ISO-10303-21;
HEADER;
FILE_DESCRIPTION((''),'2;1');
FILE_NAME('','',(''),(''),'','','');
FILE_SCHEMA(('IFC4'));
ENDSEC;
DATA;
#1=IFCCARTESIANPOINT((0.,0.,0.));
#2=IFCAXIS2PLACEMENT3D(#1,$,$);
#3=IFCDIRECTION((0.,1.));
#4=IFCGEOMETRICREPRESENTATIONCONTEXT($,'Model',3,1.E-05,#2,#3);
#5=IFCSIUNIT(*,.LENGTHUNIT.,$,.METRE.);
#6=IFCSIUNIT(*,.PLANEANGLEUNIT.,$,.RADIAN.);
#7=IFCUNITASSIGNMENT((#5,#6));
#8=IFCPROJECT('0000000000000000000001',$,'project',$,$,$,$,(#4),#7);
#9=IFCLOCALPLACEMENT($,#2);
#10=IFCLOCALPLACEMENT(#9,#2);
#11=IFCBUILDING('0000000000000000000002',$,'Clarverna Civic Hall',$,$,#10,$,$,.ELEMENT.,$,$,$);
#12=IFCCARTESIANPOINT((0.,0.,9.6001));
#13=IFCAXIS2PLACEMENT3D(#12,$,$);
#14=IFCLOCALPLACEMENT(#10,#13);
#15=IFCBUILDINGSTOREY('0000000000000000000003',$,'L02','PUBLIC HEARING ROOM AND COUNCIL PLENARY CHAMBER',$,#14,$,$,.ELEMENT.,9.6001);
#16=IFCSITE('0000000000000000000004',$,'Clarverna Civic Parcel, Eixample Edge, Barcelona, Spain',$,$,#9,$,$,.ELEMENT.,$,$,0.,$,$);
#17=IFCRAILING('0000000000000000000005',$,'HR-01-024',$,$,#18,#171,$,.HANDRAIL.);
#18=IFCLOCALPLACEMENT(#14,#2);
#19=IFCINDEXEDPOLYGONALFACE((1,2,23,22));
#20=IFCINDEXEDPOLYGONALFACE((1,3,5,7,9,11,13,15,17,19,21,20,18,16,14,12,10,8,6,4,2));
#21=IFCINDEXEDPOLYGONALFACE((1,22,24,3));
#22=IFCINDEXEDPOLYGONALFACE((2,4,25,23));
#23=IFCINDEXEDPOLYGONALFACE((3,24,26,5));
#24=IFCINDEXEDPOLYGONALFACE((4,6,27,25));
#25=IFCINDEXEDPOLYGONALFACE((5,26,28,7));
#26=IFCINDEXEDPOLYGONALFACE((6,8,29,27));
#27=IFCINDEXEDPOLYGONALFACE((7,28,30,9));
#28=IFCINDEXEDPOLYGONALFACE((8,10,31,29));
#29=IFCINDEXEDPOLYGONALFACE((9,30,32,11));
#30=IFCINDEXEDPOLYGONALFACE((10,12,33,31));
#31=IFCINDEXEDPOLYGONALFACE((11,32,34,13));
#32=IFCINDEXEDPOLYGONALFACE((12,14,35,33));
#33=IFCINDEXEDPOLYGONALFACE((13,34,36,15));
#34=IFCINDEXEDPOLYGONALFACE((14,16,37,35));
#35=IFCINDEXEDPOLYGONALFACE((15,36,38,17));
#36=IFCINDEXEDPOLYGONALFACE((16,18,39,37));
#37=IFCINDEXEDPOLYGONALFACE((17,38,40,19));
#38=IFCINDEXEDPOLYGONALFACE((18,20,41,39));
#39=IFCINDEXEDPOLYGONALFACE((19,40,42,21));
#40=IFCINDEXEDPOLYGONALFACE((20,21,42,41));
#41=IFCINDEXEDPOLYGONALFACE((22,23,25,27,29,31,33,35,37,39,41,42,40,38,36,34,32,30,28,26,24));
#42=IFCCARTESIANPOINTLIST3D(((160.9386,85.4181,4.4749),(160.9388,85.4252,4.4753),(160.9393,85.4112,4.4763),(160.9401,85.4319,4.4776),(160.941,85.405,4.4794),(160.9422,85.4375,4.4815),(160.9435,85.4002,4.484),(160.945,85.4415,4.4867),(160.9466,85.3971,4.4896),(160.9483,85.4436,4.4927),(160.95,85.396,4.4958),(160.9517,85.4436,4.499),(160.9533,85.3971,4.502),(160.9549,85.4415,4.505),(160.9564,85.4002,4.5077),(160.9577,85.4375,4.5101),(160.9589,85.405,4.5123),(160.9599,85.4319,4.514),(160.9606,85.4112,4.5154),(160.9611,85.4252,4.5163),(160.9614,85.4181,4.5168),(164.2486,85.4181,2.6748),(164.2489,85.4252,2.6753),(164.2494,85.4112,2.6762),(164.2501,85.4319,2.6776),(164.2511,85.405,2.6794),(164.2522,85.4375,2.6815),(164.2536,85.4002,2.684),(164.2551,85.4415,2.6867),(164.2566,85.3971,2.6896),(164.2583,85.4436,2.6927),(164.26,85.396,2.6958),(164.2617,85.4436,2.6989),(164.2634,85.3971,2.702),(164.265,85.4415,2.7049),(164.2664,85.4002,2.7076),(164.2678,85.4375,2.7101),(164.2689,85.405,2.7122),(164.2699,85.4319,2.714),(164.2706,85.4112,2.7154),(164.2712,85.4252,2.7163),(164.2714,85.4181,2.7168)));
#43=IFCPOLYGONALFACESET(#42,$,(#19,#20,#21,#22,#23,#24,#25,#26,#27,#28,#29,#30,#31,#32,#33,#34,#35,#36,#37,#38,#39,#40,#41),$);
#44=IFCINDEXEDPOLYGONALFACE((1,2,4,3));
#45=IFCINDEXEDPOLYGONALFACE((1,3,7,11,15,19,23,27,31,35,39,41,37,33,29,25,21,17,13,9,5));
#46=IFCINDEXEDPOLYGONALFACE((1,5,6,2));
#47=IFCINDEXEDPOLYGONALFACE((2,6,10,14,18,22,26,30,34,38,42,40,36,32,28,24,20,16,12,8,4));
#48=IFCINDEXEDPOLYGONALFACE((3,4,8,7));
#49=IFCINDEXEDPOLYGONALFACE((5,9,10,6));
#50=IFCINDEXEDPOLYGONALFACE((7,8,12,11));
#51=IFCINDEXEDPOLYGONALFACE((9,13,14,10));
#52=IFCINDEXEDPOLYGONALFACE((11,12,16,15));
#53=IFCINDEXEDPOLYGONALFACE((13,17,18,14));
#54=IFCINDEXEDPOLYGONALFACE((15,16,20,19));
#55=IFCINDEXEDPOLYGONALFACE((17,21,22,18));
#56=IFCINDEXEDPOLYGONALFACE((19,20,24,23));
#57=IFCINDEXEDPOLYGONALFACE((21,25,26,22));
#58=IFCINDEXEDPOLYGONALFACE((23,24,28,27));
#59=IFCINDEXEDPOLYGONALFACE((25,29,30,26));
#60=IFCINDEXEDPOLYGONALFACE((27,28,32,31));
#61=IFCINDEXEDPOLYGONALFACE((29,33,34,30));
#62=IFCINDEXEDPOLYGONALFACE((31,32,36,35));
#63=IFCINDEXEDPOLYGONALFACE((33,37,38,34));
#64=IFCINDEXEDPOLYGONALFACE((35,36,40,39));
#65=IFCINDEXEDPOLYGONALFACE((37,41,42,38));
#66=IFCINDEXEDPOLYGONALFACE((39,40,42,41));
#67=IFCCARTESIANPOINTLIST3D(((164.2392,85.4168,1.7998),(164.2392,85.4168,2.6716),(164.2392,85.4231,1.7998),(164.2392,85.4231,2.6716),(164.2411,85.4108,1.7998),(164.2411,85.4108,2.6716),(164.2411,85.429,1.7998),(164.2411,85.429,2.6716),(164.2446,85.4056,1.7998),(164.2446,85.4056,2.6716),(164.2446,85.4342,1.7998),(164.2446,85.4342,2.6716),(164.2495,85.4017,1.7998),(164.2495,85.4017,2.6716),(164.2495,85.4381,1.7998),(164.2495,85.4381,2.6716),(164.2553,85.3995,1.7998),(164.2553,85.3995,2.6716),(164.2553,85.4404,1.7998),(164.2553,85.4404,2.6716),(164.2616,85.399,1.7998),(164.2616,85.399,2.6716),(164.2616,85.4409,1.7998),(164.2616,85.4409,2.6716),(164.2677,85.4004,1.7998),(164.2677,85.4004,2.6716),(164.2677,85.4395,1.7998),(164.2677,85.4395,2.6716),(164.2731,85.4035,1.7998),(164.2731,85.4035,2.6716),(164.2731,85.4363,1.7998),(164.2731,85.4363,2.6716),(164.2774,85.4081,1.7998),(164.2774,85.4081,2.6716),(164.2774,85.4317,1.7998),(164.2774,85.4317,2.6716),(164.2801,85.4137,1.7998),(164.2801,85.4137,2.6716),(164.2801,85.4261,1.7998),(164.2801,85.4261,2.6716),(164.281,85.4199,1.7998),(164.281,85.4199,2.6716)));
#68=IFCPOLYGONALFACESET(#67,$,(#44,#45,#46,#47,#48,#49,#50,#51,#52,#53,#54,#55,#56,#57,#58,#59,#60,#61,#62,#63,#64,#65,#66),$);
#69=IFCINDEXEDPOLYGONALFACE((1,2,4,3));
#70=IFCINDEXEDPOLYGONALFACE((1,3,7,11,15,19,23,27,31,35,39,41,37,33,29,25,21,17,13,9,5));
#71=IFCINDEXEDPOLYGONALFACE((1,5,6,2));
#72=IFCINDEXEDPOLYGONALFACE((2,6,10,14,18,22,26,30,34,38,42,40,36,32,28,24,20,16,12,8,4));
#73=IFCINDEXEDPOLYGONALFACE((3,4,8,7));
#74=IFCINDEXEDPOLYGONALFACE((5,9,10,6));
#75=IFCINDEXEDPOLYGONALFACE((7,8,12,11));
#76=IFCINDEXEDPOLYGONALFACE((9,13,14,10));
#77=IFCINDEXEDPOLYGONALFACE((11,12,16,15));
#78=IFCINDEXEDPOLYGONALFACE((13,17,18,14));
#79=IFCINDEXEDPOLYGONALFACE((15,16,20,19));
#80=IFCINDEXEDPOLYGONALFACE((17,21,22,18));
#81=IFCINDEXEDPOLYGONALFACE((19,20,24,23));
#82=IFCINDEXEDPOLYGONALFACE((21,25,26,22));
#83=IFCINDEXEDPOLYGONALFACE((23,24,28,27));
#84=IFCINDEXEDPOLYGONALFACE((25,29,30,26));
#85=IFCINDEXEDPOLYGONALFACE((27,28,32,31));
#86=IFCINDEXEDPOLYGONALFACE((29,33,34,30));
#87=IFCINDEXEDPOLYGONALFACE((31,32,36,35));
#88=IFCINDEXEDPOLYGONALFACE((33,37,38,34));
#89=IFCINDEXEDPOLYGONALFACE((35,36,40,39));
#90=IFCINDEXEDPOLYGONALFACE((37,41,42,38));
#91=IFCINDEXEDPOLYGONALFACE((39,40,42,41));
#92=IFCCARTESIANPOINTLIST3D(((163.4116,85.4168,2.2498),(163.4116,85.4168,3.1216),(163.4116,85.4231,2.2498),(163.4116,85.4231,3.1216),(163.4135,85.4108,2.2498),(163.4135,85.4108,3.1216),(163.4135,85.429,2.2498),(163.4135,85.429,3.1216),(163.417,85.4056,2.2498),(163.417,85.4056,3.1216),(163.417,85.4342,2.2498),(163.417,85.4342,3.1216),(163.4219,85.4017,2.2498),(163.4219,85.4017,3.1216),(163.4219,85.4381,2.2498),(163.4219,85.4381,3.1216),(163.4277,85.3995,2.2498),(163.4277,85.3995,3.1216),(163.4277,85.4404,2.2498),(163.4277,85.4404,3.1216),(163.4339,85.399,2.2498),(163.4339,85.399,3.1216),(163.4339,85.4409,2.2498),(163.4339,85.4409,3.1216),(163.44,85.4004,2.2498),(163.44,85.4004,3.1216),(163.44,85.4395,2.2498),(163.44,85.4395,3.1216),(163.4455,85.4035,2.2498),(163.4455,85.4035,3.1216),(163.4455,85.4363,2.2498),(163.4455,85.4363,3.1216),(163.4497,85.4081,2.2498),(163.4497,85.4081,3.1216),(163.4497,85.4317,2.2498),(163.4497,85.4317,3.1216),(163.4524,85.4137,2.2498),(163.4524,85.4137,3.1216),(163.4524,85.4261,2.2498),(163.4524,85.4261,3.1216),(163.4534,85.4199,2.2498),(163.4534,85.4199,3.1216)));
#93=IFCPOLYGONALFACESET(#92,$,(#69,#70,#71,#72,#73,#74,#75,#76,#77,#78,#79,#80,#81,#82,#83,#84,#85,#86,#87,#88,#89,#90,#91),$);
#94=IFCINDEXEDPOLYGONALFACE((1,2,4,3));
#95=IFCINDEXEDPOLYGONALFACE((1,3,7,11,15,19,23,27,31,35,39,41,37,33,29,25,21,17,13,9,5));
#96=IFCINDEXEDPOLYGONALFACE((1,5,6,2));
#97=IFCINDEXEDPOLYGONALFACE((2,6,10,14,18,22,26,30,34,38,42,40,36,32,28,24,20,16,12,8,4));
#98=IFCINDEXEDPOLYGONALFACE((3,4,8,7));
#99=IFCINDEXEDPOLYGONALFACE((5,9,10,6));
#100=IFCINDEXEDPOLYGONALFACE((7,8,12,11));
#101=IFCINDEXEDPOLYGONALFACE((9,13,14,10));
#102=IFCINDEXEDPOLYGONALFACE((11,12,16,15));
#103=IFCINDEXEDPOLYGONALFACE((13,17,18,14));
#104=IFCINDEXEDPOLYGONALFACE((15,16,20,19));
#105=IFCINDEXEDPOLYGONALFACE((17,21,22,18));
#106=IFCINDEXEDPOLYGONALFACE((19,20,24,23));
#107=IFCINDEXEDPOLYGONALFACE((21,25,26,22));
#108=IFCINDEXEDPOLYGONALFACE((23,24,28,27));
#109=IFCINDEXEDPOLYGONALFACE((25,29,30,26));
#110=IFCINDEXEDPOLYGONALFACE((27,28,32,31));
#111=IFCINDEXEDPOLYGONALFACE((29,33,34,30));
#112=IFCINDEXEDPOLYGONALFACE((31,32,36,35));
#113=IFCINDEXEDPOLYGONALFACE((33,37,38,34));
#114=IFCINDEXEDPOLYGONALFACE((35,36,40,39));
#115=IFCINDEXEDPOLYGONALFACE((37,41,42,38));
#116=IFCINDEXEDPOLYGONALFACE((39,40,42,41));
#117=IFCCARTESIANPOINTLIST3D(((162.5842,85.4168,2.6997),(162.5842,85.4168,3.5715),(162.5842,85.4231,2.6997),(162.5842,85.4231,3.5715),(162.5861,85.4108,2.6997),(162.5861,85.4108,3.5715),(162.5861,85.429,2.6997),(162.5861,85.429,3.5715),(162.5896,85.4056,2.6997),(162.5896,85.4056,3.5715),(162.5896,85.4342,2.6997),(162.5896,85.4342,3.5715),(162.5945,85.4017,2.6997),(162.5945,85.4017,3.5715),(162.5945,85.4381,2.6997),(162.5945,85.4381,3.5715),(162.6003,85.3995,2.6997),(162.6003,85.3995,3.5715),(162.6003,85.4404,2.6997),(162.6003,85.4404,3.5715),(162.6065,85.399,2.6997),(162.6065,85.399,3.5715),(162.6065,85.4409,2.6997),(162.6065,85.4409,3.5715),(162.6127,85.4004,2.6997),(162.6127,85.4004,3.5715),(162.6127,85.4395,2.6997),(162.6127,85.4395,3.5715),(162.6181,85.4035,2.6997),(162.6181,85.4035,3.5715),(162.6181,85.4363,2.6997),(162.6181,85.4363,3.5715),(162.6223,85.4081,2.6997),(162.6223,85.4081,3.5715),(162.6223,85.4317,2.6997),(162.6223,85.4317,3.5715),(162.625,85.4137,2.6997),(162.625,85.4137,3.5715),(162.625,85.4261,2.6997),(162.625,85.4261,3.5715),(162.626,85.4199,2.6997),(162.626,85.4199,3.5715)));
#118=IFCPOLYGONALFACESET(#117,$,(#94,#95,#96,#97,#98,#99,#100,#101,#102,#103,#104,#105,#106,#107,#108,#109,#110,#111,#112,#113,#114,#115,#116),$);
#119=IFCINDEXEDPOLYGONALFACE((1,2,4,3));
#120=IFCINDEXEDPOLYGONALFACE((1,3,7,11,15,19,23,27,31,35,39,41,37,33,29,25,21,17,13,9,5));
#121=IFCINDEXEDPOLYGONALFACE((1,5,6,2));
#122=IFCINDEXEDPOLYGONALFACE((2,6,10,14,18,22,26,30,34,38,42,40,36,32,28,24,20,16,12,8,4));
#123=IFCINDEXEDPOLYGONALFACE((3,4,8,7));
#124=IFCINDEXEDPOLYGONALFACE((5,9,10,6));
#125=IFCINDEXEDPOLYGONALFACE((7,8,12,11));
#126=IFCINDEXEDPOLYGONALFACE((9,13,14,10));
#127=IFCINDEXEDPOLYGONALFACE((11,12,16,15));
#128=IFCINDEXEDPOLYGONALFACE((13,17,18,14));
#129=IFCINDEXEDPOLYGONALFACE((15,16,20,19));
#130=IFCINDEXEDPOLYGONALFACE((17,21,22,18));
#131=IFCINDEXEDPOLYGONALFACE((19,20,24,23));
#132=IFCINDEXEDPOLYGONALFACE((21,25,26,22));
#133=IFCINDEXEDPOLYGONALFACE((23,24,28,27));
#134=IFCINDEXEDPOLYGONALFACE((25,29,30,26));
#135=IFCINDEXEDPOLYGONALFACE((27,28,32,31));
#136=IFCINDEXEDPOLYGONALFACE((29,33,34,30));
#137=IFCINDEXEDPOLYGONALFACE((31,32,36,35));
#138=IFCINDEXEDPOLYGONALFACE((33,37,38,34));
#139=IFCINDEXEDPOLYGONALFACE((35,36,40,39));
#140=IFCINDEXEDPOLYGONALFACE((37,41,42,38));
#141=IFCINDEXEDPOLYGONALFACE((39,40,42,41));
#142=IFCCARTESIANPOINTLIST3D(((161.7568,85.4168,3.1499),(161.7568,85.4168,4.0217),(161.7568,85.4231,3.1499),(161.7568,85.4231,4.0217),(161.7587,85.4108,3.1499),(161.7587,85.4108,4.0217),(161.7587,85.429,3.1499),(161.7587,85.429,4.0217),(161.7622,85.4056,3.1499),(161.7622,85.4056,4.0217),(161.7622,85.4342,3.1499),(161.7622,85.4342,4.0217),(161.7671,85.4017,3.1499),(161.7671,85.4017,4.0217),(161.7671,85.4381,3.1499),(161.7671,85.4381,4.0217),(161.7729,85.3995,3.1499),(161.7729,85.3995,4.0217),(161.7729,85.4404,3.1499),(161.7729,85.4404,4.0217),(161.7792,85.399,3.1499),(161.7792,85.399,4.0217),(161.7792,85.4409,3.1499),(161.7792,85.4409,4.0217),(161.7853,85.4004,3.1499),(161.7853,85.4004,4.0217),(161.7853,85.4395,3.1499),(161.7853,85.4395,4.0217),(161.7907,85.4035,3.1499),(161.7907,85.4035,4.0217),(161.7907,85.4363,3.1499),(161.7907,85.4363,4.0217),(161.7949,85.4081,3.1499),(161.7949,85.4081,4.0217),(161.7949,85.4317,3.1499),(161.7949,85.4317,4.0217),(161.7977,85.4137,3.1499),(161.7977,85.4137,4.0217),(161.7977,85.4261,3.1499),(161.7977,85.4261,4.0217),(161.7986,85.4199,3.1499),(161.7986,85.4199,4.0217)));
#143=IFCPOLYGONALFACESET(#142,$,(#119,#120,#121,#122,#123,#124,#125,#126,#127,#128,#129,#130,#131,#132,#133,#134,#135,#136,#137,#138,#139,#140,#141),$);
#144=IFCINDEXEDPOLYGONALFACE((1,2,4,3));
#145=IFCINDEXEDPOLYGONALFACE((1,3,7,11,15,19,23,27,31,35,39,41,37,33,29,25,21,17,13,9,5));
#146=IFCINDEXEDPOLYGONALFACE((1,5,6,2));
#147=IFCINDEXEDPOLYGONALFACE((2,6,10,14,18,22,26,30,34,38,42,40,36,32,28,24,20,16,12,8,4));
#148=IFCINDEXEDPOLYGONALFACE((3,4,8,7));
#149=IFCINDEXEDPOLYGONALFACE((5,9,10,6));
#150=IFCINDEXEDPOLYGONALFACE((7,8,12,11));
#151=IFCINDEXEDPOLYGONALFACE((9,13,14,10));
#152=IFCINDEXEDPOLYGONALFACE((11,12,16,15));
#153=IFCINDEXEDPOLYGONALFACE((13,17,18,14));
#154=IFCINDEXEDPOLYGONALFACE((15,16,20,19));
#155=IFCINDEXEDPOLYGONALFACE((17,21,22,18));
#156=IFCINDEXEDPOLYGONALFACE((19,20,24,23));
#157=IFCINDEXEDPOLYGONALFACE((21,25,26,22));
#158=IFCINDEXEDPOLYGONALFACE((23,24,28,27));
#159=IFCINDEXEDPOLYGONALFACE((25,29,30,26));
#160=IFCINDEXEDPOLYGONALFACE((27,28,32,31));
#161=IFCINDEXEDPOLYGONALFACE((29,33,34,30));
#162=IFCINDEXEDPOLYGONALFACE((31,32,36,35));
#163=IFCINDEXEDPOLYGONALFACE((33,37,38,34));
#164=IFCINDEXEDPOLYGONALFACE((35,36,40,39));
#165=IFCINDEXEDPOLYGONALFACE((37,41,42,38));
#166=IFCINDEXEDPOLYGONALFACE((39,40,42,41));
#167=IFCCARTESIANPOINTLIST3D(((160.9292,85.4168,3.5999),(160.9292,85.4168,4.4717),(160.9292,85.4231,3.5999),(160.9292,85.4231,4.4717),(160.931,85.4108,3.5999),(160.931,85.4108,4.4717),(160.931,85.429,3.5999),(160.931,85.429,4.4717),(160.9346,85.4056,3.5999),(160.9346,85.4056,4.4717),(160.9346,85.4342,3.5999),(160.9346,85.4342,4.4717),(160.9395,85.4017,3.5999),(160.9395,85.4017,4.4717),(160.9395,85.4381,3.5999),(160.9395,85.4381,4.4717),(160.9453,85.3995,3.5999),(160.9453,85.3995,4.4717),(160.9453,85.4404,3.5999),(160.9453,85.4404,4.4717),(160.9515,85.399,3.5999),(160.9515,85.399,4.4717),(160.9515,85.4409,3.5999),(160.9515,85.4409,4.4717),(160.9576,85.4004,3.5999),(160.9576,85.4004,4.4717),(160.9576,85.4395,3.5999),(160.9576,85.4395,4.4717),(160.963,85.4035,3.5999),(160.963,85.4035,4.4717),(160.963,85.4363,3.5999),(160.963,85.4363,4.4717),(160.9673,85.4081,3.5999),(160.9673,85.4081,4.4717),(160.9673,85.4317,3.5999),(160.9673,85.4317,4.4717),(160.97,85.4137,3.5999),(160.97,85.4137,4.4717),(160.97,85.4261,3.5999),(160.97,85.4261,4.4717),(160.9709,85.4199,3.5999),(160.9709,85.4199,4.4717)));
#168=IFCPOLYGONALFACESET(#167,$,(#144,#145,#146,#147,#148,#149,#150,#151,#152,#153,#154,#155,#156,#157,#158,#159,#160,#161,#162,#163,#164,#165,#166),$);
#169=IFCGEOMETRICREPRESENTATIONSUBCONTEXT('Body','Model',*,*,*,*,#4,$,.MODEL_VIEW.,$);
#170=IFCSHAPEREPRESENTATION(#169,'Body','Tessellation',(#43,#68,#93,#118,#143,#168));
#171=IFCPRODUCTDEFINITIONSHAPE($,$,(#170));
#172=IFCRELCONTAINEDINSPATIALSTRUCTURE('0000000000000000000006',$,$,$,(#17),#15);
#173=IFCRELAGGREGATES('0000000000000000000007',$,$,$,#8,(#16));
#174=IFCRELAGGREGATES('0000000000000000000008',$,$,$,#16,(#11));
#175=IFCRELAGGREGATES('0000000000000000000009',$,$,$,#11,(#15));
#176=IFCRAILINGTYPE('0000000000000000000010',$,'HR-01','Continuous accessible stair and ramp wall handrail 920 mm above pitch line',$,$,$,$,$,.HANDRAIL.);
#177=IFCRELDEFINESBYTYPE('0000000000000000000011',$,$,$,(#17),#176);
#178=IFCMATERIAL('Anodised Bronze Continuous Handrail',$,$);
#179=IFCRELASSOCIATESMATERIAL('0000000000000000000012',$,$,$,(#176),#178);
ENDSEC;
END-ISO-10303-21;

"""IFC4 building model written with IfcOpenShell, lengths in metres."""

from ifc_helpers import new_model, si_unit, direction, frame, origin, origin_2d, place, context, subcontext, project, spatial, circle, extrude, material, type_object, element, save


model = new_model("IFC4")

# Units and contexts
model_context = context("Model", 3, precision=1e-05, world=origin(), true_north=direction((0.0, 1.0)))
body_context = subcontext(model_context, "Body", "Model", "MODEL_VIEW")
ifc_project = project(units=[si_unit("LENGTHUNIT", "METRE"), si_unit("PLANEANGLEUNIT", "RADIAN")], contexts=[model_context])

# Site, building, storey
site_placement = place(None, origin())
site = spatial("IfcSite", under=ifc_project, at=site_placement, Name="Clarverna Civic Parcel, Eixample Edge, Barcelona, Spain", CompositionType="ELEMENT", RefElevation=0.0)
building_placement = place(site_placement, origin())
building = spatial("IfcBuilding", under=site, at=building_placement, Name="Clarverna Civic Hall", CompositionType="ELEMENT")
storey_placement = place(building_placement, frame((0.0, 0.0, 9.6001)))
storey = spatial("IfcBuildingStorey", under=building, at=storey_placement, Name="L02", Description="PUBLIC HEARING ROOM AND COUNCIL PLENARY CHAMBER", CompositionType="ELEMENT", Elevation=9.6001)

# Railing
ifc_material_1 = material(Name="Anodised Bronze Continuous Handrail")
railing_type_1 = type_object("IfcRailingType", Name="HR-01", Description="Continuous accessible stair and ramp wall handrail 920 mm above pitch line", PredefinedType="HANDRAIL", material=ifc_material_1)
railing_1_placement = place(storey_placement, frame((164.26, 85.4199, 1.7998)))
element("IfcRailing", 1, at=railing_1_placement, inside=storey, type_object=railing_type_1, Name="HR-01-024", PredefinedType="HANDRAIL", context=body_context, shape_type="SweptSolid", body=[
    extrude(circle(Radius=0.0239, at=origin_2d()), frame((0.0, 0.0, 0.896), z_axis=(-0.878502, 0.0, 0.477739), x_axis=(0.0, -1.0, 0.0)), (0.0, 0.0, 1.0), 3.7678),
    extrude(circle(Radius=0.021, at=origin_2d()), origin(), (0.0, 0.0, 1.0), 0.8718),
    extrude(circle(Radius=0.021, at=origin_2d()), frame((-0.8276, 0.0, 0.45)), (0.0, 0.0, 1.0), 0.8718),
    extrude(circle(Radius=0.021, at=origin_2d()), frame((-1.655, 0.0, 0.8999)), (0.0, 0.0, 1.0), 0.8718),
    extrude(circle(Radius=0.021, at=origin_2d()), frame((-2.4824, 0.0, 1.3501)), (0.0, 0.0, 1.0), 0.8718),
    extrude(circle(Radius=0.021, at=origin_2d()), frame((-3.3101, 0.0, 1.8)), (0.0, 0.0, 1.0), 0.8718),
])

save(model, "model.ifc")
